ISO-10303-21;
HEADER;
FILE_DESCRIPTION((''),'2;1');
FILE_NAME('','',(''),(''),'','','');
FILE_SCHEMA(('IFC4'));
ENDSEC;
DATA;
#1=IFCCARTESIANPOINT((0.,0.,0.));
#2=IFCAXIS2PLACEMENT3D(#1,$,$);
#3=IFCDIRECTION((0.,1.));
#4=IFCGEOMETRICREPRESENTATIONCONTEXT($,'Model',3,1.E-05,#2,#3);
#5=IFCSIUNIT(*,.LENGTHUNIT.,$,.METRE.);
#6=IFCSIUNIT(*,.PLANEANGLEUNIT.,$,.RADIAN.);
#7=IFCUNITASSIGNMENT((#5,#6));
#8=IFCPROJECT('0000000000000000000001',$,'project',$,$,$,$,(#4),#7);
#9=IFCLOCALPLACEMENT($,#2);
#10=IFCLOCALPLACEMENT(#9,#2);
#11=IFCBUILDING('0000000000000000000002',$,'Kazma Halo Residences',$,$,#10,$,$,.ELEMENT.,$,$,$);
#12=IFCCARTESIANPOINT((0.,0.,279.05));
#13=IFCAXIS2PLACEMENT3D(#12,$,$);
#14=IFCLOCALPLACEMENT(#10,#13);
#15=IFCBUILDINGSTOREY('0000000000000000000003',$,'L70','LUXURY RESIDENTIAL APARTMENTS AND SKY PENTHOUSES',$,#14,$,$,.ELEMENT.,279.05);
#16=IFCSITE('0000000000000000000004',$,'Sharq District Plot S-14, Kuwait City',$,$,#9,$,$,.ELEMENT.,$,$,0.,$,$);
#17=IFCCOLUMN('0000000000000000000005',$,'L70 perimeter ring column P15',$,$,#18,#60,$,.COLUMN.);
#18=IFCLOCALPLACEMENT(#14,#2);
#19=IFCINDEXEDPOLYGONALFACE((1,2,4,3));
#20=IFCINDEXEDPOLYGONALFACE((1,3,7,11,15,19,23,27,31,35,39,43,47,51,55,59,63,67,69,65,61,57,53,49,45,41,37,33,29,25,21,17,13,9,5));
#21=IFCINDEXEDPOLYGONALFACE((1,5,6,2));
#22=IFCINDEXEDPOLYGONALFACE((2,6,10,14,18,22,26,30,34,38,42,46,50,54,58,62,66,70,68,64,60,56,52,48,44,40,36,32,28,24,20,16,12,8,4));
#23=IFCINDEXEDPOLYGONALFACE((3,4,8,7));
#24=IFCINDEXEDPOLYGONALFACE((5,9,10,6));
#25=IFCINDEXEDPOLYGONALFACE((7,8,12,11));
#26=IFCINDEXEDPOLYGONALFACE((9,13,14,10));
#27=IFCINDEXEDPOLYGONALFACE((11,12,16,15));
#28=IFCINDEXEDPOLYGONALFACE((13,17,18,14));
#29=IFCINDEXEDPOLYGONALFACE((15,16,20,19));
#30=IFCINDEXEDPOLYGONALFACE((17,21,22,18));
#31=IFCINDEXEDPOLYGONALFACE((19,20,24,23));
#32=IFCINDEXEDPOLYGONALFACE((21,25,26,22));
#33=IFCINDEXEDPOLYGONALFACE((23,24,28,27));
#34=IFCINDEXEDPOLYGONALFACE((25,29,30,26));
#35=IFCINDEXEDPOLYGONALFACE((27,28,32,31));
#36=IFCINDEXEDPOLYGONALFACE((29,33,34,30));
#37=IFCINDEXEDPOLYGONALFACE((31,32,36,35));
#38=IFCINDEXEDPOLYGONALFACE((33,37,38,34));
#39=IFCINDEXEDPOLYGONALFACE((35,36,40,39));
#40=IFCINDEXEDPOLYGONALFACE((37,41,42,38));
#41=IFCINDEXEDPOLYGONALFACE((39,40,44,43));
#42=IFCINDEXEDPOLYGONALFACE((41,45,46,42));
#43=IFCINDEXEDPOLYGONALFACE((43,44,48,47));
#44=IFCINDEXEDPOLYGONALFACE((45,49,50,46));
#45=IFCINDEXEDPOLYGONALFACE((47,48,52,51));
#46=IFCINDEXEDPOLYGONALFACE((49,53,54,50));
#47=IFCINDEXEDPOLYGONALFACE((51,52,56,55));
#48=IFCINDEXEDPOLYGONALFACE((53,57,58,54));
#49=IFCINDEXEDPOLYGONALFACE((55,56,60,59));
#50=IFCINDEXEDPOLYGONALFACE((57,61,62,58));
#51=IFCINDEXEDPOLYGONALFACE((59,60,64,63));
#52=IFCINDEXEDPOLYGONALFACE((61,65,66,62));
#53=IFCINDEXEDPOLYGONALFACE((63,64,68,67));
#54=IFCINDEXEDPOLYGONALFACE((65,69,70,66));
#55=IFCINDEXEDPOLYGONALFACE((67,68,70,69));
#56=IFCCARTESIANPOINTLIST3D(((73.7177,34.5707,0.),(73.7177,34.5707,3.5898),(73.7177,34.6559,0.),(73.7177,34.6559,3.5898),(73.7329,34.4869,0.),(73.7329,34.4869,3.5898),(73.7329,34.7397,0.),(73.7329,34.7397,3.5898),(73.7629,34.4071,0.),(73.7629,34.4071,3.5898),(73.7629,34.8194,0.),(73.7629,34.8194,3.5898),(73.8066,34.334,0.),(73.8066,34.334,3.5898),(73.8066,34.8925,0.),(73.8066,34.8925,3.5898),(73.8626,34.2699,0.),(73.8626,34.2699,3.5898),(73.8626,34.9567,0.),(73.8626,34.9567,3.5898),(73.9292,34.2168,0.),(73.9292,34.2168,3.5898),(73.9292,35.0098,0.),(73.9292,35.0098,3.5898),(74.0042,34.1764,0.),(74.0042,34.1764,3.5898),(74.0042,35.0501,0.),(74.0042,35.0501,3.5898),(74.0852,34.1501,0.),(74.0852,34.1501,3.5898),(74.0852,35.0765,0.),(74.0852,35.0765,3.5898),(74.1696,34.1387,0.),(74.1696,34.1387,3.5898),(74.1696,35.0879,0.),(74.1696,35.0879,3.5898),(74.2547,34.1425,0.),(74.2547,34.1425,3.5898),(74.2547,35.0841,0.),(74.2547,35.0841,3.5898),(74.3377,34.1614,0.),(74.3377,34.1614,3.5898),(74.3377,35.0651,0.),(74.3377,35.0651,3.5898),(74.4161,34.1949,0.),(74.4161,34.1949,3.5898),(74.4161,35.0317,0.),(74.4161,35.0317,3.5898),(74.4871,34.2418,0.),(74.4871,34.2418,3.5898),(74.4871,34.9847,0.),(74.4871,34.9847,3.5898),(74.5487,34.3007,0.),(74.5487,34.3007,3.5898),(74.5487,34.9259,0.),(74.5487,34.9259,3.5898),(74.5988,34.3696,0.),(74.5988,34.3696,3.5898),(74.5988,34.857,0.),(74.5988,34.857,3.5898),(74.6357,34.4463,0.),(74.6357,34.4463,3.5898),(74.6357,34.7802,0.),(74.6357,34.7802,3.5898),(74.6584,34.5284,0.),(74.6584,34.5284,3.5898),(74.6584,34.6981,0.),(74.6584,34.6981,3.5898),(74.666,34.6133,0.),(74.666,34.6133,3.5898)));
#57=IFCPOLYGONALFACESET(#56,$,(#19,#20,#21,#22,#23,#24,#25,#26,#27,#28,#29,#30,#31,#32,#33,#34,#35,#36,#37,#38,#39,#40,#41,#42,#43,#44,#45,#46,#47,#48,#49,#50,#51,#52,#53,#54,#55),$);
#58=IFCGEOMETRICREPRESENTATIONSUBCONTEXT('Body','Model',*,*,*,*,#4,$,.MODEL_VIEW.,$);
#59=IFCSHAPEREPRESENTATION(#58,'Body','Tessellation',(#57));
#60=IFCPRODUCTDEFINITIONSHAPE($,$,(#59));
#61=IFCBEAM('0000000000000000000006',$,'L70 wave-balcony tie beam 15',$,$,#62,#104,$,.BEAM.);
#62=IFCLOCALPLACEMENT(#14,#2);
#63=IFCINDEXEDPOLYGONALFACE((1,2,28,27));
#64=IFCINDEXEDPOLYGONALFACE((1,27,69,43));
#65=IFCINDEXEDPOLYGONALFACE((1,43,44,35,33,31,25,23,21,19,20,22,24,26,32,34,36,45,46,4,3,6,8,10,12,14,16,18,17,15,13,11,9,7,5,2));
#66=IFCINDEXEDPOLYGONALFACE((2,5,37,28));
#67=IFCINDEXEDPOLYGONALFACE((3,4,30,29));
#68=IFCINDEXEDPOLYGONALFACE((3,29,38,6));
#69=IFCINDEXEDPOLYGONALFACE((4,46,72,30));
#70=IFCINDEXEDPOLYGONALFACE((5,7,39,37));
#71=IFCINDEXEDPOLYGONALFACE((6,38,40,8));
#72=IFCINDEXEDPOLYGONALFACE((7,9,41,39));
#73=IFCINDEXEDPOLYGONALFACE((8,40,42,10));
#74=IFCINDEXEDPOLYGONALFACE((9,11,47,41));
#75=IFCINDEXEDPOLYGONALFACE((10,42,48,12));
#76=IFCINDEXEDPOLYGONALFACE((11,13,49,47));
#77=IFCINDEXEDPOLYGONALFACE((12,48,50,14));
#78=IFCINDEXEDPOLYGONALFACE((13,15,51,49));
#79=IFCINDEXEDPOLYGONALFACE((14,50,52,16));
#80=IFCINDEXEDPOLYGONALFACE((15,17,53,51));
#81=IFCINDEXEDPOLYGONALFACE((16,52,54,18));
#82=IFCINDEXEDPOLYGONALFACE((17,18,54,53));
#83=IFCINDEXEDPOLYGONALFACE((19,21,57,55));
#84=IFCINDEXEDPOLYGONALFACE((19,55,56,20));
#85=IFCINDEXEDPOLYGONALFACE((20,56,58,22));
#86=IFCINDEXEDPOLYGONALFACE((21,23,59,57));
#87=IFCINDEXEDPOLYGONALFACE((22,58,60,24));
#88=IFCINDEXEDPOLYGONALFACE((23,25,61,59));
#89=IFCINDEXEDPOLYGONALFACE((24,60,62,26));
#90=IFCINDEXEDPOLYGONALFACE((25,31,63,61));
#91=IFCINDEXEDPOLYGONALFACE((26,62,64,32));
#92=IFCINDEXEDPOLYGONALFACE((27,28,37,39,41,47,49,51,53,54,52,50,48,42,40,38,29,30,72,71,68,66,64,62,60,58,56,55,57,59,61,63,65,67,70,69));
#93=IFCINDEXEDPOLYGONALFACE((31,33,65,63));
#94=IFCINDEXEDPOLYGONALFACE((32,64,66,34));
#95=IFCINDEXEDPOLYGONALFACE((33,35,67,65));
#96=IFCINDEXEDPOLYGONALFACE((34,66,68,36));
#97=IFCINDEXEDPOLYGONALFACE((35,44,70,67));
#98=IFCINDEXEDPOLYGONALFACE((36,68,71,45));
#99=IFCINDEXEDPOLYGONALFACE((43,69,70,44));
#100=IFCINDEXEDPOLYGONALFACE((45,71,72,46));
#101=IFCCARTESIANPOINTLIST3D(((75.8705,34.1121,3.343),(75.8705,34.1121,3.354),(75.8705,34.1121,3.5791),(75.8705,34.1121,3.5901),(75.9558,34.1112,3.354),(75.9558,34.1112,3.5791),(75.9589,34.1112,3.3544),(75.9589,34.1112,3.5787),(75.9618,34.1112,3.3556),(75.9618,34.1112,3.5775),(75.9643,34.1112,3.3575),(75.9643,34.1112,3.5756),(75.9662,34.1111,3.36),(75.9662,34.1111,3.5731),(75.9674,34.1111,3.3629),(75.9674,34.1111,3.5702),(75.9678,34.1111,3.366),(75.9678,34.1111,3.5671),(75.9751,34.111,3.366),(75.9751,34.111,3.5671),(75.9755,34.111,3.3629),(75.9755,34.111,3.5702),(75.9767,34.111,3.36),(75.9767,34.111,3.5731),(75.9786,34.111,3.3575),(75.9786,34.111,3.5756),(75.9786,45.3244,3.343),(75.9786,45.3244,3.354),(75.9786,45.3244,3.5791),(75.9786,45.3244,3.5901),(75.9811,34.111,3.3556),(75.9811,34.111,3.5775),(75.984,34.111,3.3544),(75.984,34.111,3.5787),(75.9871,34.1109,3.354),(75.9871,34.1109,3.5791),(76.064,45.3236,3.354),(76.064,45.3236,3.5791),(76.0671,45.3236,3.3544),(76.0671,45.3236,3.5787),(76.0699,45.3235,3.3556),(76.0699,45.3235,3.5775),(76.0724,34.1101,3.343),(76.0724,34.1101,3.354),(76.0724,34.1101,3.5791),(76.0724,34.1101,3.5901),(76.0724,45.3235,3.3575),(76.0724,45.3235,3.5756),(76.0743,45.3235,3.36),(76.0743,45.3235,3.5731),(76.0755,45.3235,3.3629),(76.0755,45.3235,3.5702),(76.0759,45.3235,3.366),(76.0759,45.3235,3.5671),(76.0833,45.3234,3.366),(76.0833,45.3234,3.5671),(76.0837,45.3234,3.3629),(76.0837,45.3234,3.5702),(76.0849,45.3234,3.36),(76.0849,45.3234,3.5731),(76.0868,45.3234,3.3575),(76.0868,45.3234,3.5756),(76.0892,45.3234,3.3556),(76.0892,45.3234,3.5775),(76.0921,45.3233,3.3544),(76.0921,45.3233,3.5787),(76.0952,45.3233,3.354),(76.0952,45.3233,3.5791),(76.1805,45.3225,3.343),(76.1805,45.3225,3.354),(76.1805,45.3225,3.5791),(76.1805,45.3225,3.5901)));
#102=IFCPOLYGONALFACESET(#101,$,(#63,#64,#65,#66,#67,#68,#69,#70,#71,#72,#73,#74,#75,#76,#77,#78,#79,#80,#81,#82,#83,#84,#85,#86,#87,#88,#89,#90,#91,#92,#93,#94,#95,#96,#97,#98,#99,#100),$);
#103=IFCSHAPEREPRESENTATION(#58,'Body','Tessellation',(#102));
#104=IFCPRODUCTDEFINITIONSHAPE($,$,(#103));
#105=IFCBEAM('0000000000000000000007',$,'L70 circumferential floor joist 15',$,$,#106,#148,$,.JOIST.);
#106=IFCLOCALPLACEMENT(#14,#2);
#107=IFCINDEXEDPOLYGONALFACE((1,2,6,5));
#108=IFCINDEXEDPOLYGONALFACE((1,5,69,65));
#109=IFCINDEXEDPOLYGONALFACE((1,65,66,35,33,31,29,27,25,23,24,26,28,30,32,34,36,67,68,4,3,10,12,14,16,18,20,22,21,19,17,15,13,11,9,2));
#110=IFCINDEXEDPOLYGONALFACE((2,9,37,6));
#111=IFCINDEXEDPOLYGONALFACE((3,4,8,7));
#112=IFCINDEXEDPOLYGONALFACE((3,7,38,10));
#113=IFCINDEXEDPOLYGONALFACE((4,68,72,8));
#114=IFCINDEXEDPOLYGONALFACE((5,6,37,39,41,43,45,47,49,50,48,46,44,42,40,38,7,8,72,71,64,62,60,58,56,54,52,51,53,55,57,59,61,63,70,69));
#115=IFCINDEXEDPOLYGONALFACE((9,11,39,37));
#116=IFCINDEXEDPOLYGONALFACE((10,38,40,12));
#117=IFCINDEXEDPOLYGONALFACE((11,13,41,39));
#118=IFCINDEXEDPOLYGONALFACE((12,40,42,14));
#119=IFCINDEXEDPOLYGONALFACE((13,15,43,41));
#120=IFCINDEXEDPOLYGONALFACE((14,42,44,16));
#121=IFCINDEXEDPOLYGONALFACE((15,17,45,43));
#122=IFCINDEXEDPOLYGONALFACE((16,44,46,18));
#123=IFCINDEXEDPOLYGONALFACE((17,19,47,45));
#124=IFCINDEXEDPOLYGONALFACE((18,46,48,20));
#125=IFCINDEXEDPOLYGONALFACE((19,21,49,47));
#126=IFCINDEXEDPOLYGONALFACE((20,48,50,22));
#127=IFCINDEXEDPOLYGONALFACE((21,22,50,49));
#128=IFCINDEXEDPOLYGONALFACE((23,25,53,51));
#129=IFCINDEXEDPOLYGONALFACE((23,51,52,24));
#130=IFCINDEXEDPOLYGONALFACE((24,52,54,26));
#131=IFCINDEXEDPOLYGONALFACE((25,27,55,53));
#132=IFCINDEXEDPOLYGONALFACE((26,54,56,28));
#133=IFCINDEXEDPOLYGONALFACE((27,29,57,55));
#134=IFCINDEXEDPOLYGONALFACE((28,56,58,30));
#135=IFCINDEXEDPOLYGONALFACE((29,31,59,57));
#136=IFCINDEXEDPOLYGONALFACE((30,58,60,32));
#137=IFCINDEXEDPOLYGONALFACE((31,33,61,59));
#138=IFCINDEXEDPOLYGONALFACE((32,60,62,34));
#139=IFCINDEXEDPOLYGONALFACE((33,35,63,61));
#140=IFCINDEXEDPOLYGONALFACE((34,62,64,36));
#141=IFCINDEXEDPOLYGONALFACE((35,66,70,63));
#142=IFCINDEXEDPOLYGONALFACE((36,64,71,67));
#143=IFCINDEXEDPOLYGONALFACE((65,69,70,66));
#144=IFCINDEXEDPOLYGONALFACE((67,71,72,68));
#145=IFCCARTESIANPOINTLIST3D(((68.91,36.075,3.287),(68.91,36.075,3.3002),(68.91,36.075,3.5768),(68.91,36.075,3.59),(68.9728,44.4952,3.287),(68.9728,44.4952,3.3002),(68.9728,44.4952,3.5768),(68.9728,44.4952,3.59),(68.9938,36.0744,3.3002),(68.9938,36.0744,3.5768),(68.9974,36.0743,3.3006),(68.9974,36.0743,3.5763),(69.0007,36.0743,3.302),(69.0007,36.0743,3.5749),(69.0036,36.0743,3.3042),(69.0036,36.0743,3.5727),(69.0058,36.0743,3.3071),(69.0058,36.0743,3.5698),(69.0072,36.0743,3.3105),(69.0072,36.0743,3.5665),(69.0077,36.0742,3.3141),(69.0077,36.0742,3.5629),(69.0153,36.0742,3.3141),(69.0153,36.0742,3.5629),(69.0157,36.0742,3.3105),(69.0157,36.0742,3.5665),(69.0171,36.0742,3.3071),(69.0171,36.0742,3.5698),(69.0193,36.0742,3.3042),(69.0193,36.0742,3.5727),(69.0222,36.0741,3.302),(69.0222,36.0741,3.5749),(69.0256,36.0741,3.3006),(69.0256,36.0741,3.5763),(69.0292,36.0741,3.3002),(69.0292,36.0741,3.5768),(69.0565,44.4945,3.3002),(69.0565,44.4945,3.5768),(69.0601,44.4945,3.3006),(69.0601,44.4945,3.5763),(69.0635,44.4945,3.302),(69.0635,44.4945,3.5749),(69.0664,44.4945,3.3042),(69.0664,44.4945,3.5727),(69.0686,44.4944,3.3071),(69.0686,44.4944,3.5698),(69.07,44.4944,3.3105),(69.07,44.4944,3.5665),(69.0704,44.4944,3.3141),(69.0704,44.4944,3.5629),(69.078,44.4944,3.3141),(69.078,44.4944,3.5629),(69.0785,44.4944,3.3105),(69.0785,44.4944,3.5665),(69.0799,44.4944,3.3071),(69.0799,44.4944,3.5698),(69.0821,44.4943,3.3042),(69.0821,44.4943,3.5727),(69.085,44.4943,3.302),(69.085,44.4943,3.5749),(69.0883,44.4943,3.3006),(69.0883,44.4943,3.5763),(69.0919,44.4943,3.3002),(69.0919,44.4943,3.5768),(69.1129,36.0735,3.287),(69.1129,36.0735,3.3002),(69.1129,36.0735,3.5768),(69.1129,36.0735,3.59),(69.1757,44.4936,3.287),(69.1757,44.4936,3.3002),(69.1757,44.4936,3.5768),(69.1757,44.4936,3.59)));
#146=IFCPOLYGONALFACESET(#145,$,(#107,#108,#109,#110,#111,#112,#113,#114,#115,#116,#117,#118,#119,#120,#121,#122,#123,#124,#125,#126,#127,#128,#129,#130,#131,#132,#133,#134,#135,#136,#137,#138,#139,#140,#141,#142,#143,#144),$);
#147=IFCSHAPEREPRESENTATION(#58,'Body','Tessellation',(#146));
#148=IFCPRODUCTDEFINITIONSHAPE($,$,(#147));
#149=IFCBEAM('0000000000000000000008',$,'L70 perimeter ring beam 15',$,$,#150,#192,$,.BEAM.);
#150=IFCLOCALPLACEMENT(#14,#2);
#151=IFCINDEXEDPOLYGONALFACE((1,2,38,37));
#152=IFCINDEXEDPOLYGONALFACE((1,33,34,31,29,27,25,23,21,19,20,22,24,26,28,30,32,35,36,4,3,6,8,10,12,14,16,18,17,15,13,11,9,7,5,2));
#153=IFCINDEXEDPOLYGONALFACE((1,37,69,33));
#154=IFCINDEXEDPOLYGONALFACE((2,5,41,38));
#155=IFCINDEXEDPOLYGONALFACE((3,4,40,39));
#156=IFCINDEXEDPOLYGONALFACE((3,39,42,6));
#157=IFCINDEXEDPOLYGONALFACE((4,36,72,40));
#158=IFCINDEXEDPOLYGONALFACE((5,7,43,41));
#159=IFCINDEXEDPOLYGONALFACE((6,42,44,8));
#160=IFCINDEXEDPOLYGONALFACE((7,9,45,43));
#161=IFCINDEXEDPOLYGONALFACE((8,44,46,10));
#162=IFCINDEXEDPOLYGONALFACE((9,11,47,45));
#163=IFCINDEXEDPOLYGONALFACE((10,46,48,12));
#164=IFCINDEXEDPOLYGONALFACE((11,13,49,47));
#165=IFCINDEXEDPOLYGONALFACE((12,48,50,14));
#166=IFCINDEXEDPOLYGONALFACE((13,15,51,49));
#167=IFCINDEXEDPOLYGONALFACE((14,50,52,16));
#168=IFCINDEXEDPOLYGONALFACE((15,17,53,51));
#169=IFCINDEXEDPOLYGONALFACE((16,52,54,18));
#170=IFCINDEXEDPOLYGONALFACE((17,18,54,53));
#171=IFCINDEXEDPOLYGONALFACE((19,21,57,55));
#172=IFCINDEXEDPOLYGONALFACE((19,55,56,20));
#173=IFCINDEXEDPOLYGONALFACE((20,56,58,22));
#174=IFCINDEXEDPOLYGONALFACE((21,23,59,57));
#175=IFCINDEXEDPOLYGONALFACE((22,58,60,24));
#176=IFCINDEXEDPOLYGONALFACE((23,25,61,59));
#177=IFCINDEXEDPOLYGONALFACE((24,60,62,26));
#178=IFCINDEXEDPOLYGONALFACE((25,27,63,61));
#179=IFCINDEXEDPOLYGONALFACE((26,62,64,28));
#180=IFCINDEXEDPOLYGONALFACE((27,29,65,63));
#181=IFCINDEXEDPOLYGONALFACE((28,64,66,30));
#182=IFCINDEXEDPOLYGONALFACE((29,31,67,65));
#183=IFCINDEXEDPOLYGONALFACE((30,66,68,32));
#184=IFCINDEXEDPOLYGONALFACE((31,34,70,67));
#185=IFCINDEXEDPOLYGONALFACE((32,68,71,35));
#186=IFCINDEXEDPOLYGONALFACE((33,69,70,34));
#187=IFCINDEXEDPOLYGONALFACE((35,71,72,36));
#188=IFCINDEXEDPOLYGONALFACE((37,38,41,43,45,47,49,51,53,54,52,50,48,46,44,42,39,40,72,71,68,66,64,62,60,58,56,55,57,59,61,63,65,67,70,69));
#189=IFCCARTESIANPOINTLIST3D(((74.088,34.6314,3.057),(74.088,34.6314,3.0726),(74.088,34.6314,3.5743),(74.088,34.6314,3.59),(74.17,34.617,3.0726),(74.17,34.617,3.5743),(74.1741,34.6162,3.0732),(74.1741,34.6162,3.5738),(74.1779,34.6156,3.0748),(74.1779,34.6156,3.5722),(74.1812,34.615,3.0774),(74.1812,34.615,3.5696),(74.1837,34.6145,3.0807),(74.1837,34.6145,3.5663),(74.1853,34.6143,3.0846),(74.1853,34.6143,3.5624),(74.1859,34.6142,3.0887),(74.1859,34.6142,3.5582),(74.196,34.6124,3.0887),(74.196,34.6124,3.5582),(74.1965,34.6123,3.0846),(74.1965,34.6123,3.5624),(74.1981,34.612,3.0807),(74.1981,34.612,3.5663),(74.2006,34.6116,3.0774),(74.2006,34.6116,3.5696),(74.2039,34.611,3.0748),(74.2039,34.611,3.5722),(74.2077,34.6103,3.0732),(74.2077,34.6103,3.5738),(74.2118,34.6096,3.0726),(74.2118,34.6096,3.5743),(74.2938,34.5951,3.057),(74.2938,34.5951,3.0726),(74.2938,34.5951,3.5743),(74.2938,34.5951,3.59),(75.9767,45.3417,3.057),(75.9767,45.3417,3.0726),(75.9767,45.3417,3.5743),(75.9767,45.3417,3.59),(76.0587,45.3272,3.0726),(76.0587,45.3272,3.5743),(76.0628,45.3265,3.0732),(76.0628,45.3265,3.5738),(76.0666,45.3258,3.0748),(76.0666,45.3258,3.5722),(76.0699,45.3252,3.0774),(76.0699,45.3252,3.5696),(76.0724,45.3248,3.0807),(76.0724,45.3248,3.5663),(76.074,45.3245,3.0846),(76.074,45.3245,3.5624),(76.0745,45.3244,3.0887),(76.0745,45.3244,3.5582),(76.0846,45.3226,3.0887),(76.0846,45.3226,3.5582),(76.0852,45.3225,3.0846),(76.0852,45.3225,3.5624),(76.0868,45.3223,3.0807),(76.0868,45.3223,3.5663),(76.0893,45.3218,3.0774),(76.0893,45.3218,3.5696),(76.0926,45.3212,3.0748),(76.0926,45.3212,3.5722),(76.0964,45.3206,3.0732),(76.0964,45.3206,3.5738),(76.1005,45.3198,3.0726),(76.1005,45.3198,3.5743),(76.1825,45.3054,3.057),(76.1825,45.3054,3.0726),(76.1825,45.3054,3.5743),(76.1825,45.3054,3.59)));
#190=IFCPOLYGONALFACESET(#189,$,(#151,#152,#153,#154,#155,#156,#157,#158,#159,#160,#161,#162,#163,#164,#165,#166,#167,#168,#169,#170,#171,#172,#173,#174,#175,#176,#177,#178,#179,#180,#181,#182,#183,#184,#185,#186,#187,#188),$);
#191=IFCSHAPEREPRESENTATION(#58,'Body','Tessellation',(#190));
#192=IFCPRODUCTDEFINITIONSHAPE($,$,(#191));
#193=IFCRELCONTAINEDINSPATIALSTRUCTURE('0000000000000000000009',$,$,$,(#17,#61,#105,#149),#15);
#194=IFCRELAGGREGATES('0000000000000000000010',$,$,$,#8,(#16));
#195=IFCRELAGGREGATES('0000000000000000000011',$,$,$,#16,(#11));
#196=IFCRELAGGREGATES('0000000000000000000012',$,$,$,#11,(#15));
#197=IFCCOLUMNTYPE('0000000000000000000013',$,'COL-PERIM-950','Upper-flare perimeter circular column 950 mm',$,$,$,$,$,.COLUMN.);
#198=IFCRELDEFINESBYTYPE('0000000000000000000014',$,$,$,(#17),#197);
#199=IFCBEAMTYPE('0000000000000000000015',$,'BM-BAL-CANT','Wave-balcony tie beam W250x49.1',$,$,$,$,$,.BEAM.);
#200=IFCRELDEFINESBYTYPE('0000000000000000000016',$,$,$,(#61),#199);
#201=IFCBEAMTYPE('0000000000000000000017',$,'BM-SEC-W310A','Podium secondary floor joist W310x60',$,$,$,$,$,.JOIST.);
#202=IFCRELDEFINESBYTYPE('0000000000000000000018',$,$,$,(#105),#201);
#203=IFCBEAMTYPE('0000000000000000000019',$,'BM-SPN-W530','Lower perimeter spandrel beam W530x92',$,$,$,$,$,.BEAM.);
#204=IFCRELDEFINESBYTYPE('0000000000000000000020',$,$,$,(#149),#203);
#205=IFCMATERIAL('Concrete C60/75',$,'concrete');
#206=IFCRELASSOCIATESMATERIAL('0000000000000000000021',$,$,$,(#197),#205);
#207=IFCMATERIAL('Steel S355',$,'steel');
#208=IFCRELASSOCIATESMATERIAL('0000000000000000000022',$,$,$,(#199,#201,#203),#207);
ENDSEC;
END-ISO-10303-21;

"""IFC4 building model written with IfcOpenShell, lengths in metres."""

from ifc_helpers import new_model, si_unit, direction, frame, origin, origin_2d, place, context, subcontext, project, spatial, circle, i_section, extrude, material, material_profile, profile_set, type_object, element, save


model = new_model("IFC4")

# Units and contexts
model_context = context("Model", 3, precision=1e-05, world=origin(), true_north=direction((0.0, 1.0)))
body_context = subcontext(model_context, "Body", "Model", "MODEL_VIEW")
ifc_project = project(units=[si_unit("LENGTHUNIT", "METRE"), si_unit("PLANEANGLEUNIT", "RADIAN")], contexts=[model_context])

# Site, building, storey
site_placement = place(None, origin())
site = spatial("IfcSite", under=ifc_project, at=site_placement, Name="Sharq District Plot S-14, Kuwait City", CompositionType="ELEMENT", RefElevation=0.0)
building_placement = place(site_placement, origin())
building = spatial("IfcBuilding", under=site, at=building_placement, Name="Kazma Halo Residences", CompositionType="ELEMENT")
storey_placement = place(building_placement, frame((0.0, 0.0, 279.05)))
storey = spatial("IfcBuildingStorey", under=building, at=storey_placement, Name="L70", Description="LUXURY RESIDENTIAL APARTMENTS AND SKY PENTHOUSES", CompositionType="ELEMENT", Elevation=279.05)

# Column
ifc_material_1 = material(Name="Concrete C60/75", Category="concrete")
ifc_material_profile_1 = material_profile(ifc_material_1, circle(Radius=0.4751, at=origin_2d()), Name="CIRC950")
ifc_profile_set_1 = profile_set([ifc_material_profile_1], Name="Concrete C60/75")
column_type = type_object("IfcColumnType", Name="COL-PERIM-950", Description="Upper-flare perimeter circular column 950 mm", PredefinedType="COLUMN", material=ifc_profile_set_1)
column_placement = place(storey_placement, frame((74.1909, 34.6133, 0.0), z_axis=(0.0, 0.0, 1.0), x_axis=(1.0, 0.0, 0.0)))
element("IfcColumn", 1, at=column_placement, inside=storey, type_object=column_type, Name="L70 perimeter ring column P15", PredefinedType="COLUMN", context=body_context, shape_type="SweptSolid", body=[
    extrude(circle(Radius=0.4751, at=origin_2d()), origin(), (0.0, 0.0, 1.0), 3.5898),
])

# Beams
ifc_material_2 = material(Name="Steel S355", Category="steel")
ifc_material_profile_2 = material_profile(ifc_material_2, i_section(OverallWidth=0.2019, OverallDepth=0.2471, WebThickness=0.0073, FlangeThickness=0.011, FilletRadius=0.012, at=origin_2d()), Name="W250x49.1")
ifc_profile_set_2 = profile_set([ifc_material_profile_2], Name="Steel S355")
beam_type_1 = type_object("IfcBeamType", Name="BM-BAL-CANT", Description="Wave-balcony tie beam W250x49.1", PredefinedType="BEAM", material=ifc_profile_set_2)
beam_1_placement = place(storey_placement, frame((75.9714, 34.1111, 3.4666), z_axis=(0.009646, 0.999953, 0.0), x_axis=(-0.999953, 0.009646, 0.0)))
element("IfcBeam", 2, at=beam_1_placement, inside=storey, type_object=beam_type_1, Name="L70 wave-balcony tie beam 15", PredefinedType="BEAM", context=body_context, shape_type="SweptSolid", body=[
    extrude(i_section(OverallWidth=0.2019, OverallDepth=0.2471, WebThickness=0.0073, FlangeThickness=0.011, FilletRadius=0.012, at=origin_2d()), origin(), (0.0, 0.0, 1.0), 11.2129),
])
ifc_material_profile_3 = material_profile(ifc_material_2, i_section(OverallWidth=0.2029, OverallDepth=0.303, WebThickness=0.0076, FlangeThickness=0.0132, FilletRadius=0.0139, at=origin_2d()), Name="W310x60")
ifc_profile_set_3 = profile_set([ifc_material_profile_3], Name="Steel S355")
beam_type_2 = type_object("IfcBeamType", Name="BM-SEC-W310A", Description="Podium secondary floor joist W310x60", PredefinedType="JOIST", material=ifc_profile_set_3)
beam_2_placement = place(storey_placement, frame((69.0115, 36.0742, 3.4385), z_axis=(0.007451, 0.999972, 0.0), x_axis=(-0.999972, 0.007451, 0.0)))
element("IfcBeam", 3, at=beam_2_placement, inside=storey, type_object=beam_type_2, Name="L70 circumferential floor joist 15", PredefinedType="JOIST", context=body_context, shape_type="SweptSolid", body=[
    extrude(i_section(OverallWidth=0.2029, OverallDepth=0.303, WebThickness=0.0076, FlangeThickness=0.0132, FilletRadius=0.0139, at=origin_2d()), origin(), (0.0, 0.0, 1.0), 8.4204),
])
ifc_material_profile_4 = material_profile(ifc_material_2, i_section(OverallWidth=0.209, OverallDepth=0.533, WebThickness=0.0103, FlangeThickness=0.0156, FilletRadius=0.0161, at=origin_2d()), Name="W530x92")
ifc_profile_set_4 = profile_set([ifc_material_profile_4], Name="Steel S355")
beam_type_3 = type_object("IfcBeamType", Name="BM-SPN-W530", Description="Lower perimeter spandrel beam W530x92", PredefinedType="BEAM", material=ifc_profile_set_4)
beam_3_placement = place(storey_placement, frame((74.1909, 34.6133, 3.3235), z_axis=(0.173664, 0.984805, 0.0), x_axis=(-0.984805, 0.173664, 0.0)))
element("IfcBeam", 4, at=beam_3_placement, inside=storey, type_object=beam_type_3, Name="L70 perimeter ring beam 15", PredefinedType="BEAM", context=body_context, shape_type="SweptSolid", body=[
    extrude(i_section(OverallWidth=0.209, OverallDepth=0.533, WebThickness=0.0103, FlangeThickness=0.0156, FilletRadius=0.0161, at=origin_2d()), origin(), (0.0, 0.0, 1.0), 10.8755),
])

save(model, "model.ifc")
